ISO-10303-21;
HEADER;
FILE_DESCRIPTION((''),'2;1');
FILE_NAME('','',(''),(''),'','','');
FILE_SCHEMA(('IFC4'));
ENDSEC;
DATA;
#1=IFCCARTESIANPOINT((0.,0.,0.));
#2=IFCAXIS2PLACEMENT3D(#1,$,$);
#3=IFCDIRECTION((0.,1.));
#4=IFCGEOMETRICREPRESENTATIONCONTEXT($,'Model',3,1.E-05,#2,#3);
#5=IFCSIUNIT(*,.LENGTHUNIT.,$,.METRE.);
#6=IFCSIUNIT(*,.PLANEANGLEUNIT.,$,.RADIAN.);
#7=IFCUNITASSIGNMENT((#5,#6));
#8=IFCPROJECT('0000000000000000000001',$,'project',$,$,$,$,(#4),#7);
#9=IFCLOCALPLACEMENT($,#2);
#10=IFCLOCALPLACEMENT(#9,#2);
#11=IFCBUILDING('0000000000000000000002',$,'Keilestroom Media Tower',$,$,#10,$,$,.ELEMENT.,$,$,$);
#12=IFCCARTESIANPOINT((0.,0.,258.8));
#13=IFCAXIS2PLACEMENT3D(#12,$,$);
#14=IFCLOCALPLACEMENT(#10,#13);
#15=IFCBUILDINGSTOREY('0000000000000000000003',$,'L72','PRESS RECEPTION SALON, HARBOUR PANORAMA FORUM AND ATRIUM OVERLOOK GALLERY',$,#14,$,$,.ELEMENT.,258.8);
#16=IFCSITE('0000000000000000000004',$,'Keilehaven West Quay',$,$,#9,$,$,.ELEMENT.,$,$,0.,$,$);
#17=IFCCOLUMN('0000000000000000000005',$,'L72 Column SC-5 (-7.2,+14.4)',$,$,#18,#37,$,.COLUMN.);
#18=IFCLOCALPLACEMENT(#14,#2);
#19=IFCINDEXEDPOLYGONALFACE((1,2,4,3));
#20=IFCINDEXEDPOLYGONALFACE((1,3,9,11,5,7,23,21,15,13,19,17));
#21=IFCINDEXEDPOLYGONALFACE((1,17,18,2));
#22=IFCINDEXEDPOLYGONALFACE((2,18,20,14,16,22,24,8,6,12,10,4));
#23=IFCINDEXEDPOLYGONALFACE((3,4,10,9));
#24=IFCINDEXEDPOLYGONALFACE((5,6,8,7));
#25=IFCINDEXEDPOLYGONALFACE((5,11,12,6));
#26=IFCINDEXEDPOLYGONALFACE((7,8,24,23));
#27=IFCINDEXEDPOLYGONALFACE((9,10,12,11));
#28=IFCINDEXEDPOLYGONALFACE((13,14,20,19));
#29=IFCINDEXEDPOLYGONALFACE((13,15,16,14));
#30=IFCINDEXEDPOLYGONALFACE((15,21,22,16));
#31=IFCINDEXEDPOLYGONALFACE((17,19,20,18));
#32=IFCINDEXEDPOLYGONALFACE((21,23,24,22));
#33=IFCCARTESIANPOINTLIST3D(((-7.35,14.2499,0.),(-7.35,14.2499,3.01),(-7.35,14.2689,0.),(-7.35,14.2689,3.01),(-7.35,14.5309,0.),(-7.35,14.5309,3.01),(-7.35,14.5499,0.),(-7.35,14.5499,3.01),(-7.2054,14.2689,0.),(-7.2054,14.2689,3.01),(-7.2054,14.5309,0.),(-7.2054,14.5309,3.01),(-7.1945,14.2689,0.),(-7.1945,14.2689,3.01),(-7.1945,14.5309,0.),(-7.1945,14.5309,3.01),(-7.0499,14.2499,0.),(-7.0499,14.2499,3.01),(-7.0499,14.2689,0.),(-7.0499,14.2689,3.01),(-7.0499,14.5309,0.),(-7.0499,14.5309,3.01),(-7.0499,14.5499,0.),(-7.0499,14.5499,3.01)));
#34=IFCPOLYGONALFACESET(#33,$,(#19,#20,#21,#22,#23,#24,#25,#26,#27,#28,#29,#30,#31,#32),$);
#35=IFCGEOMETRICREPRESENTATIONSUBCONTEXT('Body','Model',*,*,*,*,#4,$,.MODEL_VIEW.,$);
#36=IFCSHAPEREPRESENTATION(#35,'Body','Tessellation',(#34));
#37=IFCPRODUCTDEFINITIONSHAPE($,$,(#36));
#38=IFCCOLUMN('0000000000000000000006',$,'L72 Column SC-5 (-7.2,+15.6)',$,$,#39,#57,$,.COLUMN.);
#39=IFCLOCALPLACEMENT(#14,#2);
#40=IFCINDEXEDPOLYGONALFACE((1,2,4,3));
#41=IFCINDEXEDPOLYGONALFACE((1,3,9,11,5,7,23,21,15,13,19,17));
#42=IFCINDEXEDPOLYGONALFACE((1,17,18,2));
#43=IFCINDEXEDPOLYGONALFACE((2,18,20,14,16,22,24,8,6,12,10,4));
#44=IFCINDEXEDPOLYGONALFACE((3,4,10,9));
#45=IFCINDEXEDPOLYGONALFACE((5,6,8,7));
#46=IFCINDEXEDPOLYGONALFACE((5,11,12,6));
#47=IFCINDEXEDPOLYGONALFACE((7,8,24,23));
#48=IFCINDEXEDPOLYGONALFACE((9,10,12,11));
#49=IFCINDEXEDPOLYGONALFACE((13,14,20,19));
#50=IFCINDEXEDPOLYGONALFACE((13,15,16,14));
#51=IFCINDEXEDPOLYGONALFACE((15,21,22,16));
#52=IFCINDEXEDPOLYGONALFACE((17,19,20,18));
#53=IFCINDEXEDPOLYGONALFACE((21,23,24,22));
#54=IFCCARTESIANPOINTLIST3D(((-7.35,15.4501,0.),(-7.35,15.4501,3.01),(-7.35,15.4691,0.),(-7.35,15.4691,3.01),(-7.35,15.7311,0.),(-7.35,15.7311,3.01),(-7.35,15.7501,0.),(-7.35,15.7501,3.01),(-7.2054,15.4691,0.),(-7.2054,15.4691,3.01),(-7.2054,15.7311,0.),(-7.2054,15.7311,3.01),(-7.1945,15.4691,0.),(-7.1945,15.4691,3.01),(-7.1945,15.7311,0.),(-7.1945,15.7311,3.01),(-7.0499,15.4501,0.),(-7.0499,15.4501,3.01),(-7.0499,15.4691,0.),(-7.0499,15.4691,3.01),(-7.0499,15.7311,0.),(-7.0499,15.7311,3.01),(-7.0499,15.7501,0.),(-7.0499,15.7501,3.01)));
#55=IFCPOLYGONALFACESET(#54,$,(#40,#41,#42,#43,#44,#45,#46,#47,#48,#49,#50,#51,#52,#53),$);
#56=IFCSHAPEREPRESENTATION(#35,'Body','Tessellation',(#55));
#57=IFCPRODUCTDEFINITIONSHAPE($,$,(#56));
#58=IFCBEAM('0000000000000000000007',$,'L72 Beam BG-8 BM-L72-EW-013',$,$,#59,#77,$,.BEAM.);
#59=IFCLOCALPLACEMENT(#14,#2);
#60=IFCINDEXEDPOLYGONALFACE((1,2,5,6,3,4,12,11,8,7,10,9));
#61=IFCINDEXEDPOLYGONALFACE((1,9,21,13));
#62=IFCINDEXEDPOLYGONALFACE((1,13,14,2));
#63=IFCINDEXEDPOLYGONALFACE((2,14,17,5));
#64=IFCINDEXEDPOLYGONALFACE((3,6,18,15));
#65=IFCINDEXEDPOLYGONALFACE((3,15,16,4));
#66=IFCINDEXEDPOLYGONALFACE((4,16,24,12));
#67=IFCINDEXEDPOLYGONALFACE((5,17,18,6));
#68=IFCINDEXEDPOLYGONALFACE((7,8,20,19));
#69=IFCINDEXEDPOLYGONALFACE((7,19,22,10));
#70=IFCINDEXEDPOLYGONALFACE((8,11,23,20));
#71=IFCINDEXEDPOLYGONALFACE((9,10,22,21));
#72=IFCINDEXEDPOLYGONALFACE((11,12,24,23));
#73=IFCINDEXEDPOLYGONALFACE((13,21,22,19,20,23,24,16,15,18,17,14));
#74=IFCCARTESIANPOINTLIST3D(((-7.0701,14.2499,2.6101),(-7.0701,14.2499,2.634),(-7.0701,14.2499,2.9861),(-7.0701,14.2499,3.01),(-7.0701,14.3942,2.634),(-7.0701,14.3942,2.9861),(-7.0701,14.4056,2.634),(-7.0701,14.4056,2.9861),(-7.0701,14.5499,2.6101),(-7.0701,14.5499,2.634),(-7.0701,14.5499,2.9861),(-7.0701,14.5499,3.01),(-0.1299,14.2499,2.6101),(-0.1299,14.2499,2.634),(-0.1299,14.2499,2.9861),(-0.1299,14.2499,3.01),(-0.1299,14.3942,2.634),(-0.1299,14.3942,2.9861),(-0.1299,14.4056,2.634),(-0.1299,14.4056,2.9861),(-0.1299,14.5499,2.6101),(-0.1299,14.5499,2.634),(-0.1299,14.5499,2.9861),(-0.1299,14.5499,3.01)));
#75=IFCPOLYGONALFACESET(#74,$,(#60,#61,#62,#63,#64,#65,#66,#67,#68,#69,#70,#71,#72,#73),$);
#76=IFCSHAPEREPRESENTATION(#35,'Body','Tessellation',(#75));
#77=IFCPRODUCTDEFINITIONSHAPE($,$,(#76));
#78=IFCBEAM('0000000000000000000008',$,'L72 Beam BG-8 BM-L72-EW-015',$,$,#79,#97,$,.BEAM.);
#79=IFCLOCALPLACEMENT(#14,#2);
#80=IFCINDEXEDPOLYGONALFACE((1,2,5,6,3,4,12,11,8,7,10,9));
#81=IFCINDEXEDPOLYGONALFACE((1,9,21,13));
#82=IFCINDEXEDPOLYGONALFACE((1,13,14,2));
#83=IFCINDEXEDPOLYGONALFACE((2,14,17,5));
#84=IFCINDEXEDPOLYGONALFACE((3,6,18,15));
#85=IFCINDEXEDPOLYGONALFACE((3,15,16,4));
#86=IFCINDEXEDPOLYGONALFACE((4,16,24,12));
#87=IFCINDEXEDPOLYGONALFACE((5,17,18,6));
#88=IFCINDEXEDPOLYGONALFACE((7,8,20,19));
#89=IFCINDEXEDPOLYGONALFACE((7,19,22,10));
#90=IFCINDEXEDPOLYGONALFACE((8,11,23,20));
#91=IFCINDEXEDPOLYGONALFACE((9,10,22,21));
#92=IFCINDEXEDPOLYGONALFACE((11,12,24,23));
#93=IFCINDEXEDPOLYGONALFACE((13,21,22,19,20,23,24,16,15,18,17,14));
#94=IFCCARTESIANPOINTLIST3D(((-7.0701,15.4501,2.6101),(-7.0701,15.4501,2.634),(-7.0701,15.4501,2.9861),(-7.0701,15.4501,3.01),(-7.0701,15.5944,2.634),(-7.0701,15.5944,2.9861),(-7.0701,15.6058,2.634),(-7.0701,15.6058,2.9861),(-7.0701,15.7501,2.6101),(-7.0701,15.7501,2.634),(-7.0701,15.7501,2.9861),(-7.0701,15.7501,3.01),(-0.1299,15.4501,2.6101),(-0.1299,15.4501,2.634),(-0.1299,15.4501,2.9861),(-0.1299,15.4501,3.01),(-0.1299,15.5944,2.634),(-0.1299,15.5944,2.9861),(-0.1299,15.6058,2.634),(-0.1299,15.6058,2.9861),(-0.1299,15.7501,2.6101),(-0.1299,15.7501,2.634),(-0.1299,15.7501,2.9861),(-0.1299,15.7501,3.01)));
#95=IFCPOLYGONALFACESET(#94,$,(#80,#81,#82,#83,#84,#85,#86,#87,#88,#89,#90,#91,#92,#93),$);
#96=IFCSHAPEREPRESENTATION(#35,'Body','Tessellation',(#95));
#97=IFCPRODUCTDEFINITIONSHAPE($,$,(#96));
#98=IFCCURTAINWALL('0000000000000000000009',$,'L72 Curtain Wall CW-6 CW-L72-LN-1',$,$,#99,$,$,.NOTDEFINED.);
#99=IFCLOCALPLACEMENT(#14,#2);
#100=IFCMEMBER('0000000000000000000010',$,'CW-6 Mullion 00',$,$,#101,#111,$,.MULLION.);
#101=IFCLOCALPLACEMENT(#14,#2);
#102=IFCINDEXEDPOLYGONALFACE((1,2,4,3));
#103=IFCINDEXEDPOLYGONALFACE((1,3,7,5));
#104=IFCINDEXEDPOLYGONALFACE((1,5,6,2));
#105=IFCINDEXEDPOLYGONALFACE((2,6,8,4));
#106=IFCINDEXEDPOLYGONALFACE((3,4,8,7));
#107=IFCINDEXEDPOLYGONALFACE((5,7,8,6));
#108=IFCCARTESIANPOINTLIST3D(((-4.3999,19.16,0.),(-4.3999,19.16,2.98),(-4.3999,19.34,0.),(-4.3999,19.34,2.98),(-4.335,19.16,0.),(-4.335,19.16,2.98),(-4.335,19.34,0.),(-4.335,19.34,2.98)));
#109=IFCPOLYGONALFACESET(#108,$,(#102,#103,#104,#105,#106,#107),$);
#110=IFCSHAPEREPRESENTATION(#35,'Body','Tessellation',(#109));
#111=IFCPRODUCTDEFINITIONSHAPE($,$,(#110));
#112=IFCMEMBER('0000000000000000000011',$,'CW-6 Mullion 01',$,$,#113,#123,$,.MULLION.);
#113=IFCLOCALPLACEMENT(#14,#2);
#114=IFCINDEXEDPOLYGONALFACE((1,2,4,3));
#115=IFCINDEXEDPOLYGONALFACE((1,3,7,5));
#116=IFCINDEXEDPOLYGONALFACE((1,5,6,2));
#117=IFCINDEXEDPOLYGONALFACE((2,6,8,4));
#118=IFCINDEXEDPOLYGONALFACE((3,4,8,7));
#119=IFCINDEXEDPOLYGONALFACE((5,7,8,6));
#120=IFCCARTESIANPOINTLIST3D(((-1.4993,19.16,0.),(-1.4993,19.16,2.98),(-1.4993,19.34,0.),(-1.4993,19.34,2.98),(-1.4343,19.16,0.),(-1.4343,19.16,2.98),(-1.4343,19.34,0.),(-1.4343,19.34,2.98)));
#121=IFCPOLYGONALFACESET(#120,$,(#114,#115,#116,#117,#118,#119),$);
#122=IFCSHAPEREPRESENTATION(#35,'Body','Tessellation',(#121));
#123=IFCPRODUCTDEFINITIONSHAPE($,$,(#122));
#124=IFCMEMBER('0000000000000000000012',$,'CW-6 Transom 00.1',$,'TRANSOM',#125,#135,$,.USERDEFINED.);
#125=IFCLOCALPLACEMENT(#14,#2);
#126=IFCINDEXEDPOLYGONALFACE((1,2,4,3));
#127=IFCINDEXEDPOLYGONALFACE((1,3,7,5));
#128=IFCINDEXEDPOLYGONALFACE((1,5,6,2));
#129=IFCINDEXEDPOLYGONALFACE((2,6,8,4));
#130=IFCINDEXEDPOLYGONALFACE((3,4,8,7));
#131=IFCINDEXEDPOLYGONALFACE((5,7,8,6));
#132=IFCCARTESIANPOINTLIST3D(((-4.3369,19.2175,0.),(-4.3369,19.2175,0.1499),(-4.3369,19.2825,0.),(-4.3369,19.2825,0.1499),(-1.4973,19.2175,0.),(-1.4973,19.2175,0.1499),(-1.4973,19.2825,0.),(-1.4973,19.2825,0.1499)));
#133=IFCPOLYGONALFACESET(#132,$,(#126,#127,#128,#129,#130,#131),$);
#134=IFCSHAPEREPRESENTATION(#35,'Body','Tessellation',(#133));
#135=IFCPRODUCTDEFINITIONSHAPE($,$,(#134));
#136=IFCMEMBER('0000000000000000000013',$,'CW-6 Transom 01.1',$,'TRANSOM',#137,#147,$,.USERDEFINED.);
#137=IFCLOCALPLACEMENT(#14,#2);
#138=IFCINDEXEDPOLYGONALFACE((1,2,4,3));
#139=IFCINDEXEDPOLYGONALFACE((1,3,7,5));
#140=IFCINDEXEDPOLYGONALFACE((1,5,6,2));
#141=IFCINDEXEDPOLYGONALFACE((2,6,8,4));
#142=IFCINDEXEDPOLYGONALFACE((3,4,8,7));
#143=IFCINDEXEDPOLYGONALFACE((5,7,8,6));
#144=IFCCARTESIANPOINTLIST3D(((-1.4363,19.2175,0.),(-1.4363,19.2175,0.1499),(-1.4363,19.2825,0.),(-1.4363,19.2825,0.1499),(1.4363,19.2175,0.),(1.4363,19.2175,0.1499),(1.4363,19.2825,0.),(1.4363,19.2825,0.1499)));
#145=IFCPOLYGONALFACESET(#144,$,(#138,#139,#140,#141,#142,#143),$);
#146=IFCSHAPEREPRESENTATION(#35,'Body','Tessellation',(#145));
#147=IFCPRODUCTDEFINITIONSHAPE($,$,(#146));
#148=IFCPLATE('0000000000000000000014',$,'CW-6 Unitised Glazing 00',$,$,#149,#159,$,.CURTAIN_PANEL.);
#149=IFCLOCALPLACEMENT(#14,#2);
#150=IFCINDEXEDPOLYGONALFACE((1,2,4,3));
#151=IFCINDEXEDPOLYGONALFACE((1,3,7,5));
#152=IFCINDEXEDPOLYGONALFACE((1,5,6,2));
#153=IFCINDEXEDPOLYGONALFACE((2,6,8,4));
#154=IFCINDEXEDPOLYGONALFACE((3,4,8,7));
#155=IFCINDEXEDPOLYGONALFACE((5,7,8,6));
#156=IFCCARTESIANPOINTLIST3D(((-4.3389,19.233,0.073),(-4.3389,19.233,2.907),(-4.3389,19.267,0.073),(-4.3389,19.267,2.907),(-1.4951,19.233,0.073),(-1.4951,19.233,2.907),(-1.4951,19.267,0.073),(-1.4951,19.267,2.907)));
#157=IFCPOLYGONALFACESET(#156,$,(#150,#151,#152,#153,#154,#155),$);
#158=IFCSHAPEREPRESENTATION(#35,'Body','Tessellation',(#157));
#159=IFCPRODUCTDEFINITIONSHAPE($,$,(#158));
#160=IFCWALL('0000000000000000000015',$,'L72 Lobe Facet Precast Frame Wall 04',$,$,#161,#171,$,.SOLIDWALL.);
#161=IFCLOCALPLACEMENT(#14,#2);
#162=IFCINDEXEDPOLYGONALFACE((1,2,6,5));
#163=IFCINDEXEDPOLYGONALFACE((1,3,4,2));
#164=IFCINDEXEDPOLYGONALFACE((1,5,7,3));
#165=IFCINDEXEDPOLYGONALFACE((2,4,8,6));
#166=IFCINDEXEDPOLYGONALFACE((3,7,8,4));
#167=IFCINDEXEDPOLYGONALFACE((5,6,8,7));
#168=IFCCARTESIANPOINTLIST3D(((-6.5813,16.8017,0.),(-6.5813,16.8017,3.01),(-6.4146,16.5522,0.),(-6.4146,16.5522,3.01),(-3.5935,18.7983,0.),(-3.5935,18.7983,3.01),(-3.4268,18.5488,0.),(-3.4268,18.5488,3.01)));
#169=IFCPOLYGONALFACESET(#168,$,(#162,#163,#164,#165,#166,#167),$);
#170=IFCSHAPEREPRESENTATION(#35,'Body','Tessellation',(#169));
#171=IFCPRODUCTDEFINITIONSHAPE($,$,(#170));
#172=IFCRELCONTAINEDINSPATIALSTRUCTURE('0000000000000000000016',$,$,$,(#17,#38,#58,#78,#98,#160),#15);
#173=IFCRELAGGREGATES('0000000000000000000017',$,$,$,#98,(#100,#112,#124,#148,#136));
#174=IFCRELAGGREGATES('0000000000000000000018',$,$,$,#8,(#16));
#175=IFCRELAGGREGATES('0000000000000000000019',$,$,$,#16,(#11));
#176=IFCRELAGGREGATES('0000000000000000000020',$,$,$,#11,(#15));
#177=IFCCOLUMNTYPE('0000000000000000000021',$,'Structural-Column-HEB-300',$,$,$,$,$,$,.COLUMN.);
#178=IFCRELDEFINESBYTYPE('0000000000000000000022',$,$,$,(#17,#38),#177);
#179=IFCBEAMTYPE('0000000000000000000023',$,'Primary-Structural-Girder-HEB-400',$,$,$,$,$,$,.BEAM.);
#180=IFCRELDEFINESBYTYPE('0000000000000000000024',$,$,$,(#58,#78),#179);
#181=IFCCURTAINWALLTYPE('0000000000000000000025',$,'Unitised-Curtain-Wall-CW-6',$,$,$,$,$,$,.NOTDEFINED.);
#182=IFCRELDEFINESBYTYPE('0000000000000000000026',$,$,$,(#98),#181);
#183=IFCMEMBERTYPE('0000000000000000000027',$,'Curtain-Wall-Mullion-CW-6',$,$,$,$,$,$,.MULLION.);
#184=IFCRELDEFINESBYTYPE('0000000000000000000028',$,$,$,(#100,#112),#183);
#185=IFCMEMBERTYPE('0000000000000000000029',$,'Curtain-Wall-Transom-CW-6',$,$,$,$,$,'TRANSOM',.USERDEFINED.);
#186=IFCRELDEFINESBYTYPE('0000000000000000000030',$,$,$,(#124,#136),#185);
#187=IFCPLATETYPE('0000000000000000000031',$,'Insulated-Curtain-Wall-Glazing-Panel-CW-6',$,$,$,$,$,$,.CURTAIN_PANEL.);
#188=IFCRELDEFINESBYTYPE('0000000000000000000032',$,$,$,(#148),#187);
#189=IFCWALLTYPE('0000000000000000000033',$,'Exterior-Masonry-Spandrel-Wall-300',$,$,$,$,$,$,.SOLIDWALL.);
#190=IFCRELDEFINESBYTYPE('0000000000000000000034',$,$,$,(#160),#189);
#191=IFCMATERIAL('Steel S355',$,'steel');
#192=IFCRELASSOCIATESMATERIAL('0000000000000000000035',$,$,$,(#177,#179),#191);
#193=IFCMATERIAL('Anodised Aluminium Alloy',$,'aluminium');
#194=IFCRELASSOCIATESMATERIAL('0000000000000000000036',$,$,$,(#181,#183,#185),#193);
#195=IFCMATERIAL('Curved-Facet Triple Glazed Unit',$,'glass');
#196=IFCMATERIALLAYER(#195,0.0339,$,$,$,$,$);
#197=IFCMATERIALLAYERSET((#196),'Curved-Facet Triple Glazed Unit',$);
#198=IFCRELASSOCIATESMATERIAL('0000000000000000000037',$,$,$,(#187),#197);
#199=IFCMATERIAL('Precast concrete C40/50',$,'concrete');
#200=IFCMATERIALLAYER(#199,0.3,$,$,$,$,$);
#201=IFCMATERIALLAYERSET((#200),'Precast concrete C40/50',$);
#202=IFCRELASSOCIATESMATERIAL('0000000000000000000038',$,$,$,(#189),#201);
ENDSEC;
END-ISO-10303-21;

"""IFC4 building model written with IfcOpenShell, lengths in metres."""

from ifc_helpers import new_model, si_unit, direction, frame, frame_2d, origin, origin_2d, place, context, subcontext, project, spatial, rectangle, i_section, extrude, source, transform, mapped, material, layer, layer_set, material_profile, profile_set, type_object, element, aggregate, save


model = new_model("IFC4")

# Units and contexts
model_context = context("Model", 3, precision=1e-05, world=origin(), true_north=direction((0.0, 1.0)))
body_context = subcontext(model_context, "Body", "Model", "MODEL_VIEW")
ifc_project = project(units=[si_unit("LENGTHUNIT", "METRE"), si_unit("PLANEANGLEUNIT", "RADIAN")], contexts=[model_context])

# Site, building, storey
site_placement = place(None, origin())
site = spatial("IfcSite", under=ifc_project, at=site_placement, Name="Keilehaven West Quay", CompositionType="ELEMENT", RefElevation=0.0)
building_placement = place(site_placement, origin())
building = spatial("IfcBuilding", under=site, at=building_placement, Name="Keilestroom Media Tower", CompositionType="ELEMENT")
storey_placement = place(building_placement, frame((0.0, 0.0, 258.8)))
storey = spatial("IfcBuildingStorey", under=building, at=storey_placement, Name="L72", Description="PRESS RECEPTION SALON, HARBOUR PANORAMA FORUM AND ATRIUM OVERLOOK GALLERY", CompositionType="ELEMENT", Elevation=258.8)

# Columns
ifc_material_1 = material(Name="Steel S355", Category="steel")
ifc_material_profile_1 = material_profile(ifc_material_1, i_section(OverallWidth=0.3, OverallDepth=0.3, WebThickness=0.011, FlangeThickness=0.019, at=origin_2d()), Name="HEB 300")
ifc_profile_set_1 = profile_set([ifc_material_profile_1], Name="Steel S355")
column_type = type_object("IfcColumnType", Name="Structural-Column-HEB-300", PredefinedType="COLUMN", material=ifc_profile_set_1)
shared_shape_1 = source(origin(), body_context, "Body", "SweptSolid", [
    extrude(i_section(OverallWidth=0.3, OverallDepth=0.3, WebThickness=0.011, FlangeThickness=0.019, at=origin_2d()), origin(), (0.0, 0.0, 1.0), 3.01),
])
for number, where, z_axis, x_axis, name in (
    (1, (-7.2, 14.3999, 0.0), (0.0, 0.0, 1.0), (1.0, 0.0, 0.0), "L72 Column SC-5 (-7.2,+14.4)"),
    (2, (-7.2, 15.6001, 0.0), (0.0, 0.0, 1.0), (1.0, 0.0, 0.0), "L72 Column SC-5 (-7.2,+15.6)"),
):
    element("IfcColumn", number, at=place(storey_placement, frame(where, z_axis=z_axis, x_axis=x_axis)), inside=storey, type_object=column_type, Name=name, PredefinedType="COLUMN", context=body_context, shape_type="MappedRepresentation", body=[
        mapped(shared_shape_1, transform((0.0, 0.0, 0.0), x_axis=(1.0, 0.0, 0.0), y_axis=(0.0, 1.0, 0.0), z_axis=(0.0, 0.0, 1.0), scale=1.0)),
    ])

# Beams
ifc_material_profile_2 = material_profile(ifc_material_1, i_section(OverallWidth=0.3, OverallDepth=0.3999, WebThickness=0.0115, FlangeThickness=0.0239, at=origin_2d()), Name="HEB 400")
ifc_profile_set_2 = profile_set([ifc_material_profile_2], Name="Steel S355")
beam_type = type_object("IfcBeamType", Name="Primary-Structural-Girder-HEB-400", PredefinedType="BEAM", material=ifc_profile_set_2)
shared_shape_2 = source(origin(), body_context, "Body", "SweptSolid", [
    extrude(i_section(OverallWidth=0.3, OverallDepth=0.3999, WebThickness=0.0115, FlangeThickness=0.0239, at=origin_2d()), origin(), (0.0, 0.0, 1.0), 6.9402),
])
for number, where, z_axis, x_axis, name in (
    (3, (-7.0701, 14.3999, 2.8101), (1.0, 0.0, 0.0), (0.0, 1.0, 0.0), "L72 Beam BG-8 BM-L72-EW-013"),
    (4, (-7.0701, 15.6001, 2.8101), (1.0, 0.0, 0.0), (0.0, 1.0, 0.0), "L72 Beam BG-8 BM-L72-EW-015"),
):
    element("IfcBeam", number, at=place(storey_placement, frame(where, z_axis=z_axis, x_axis=x_axis)), inside=storey, type_object=beam_type, Name=name, PredefinedType="BEAM", context=body_context, shape_type="MappedRepresentation", body=[
        mapped(shared_shape_2, transform((0.0, 0.0, 0.0), x_axis=(1.0, 0.0, 0.0), y_axis=(0.0, 1.0, 0.0), z_axis=(0.0, 0.0, 1.0), scale=1.0)),
    ])

# Curtain wall, members, plate
ifc_material_2 = material(Name="Anodised Aluminium Alloy", Category="aluminium")
curtain_wall_type = type_object("IfcCurtainWallType", Name="Unitised-Curtain-Wall-CW-6", PredefinedType="NOTDEFINED", material=ifc_material_2)
curtain_wall_placement = place(storey_placement, origin())
curtain_wall = element("IfcCurtainWall", 5, at=curtain_wall_placement, inside=storey, type_object=curtain_wall_type, Name="L72 Curtain Wall CW-6 CW-L72-LN-1", PredefinedType="NOTDEFINED")
ifc_material_profile_3 = material_profile(ifc_material_2, rectangle(XDim=0.0649, YDim=0.1799, at=origin_2d()), Name="ALU MULLION 65x180")
ifc_profile_set_3 = profile_set([ifc_material_profile_3], Name="Anodised Aluminium Alloy")
member_type_1 = type_object("IfcMemberType", Name="Curtain-Wall-Mullion-CW-6", PredefinedType="MULLION", material=ifc_profile_set_3)
shared_shape_3 = source(origin(), body_context, "Body", "SweptSolid", [
    extrude(rectangle(XDim=0.0649, YDim=0.1799, at=origin_2d()), origin(), (0.0, 0.0, 1.0), 2.98),
])
member_1_placement = place(storey_placement, frame((-4.3674, 19.25, 0.0), z_axis=(0.0, 0.0, 1.0), x_axis=(1.0, 0.0, 0.0)))
member_1 = element("IfcMember", 6, at=member_1_placement, type_object=member_type_1, Name="CW-6 Mullion 00", PredefinedType="MULLION", context=body_context, shape_type="MappedRepresentation", body=[
    mapped(shared_shape_3, transform((0.0, 0.0, 0.0), x_axis=(1.0, 0.0, 0.0), y_axis=(0.0, 1.0, 0.0), z_axis=(0.0, 0.0, 1.0), scale=1.0)),
])
member_2_placement = place(storey_placement, frame((-1.4668, 19.25, 0.0), z_axis=(0.0, 0.0, 1.0), x_axis=(1.0, 0.0, 0.0)))
member_2 = element("IfcMember", 7, at=member_2_placement, type_object=member_type_1, Name="CW-6 Mullion 01", PredefinedType="MULLION", context=body_context, shape_type="MappedRepresentation", body=[
    mapped(shared_shape_3, transform((0.0, 0.0, 0.0), x_axis=(1.0, 0.0, 0.0), y_axis=(0.0, 1.0, 0.0), z_axis=(0.0, 0.0, 1.0), scale=1.0)),
])
ifc_material_profile_4 = material_profile(ifc_material_2, rectangle(XDim=0.0649, YDim=0.1499, at=origin_2d()), Name="ALU TRANSOM 65x150")
ifc_profile_set_4 = profile_set([ifc_material_profile_4], Name="Anodised Aluminium Alloy")
member_type_2 = type_object("IfcMemberType", Name="Curtain-Wall-Transom-CW-6", ElementType="TRANSOM", PredefinedType="USERDEFINED", material=ifc_profile_set_4)
shared_shape_4 = source(origin(), body_context, "Body", "SweptSolid", [
    extrude(rectangle(XDim=0.0649, YDim=0.1499, at=origin_2d()), origin(), (0.0, 0.0, 1.0), 2.8396),
])
member_3_placement = place(storey_placement, frame((-4.3369, 19.25, 0.075), z_axis=(1.0, 0.0, 0.0), x_axis=(0.0, 1.0, 0.0)))
member_3 = element("IfcMember", 8, at=member_3_placement, type_object=member_type_2, Name="CW-6 Transom 00.1", ObjectType="TRANSOM", PredefinedType="USERDEFINED", context=body_context, shape_type="MappedRepresentation", body=[
    mapped(shared_shape_4, transform((0.0, 0.0, 0.0), x_axis=(1.0, 0.0, 0.0), y_axis=(0.0, 1.0, 0.0), z_axis=(0.0, 0.0, 1.0), scale=1.0)),
])
shared_shape_5 = source(origin(), body_context, "Body", "SweptSolid", [
    extrude(rectangle(XDim=0.0649, YDim=0.1499, at=origin_2d()), origin(), (0.0, 0.0, 1.0), 2.8726),
])
member_4_placement = place(storey_placement, frame((-1.4363, 19.25, 0.075), z_axis=(1.0, 0.0, 0.0), x_axis=(0.0, 1.0, 0.0)))
member_4 = element("IfcMember", 9, at=member_4_placement, type_object=member_type_2, Name="CW-6 Transom 01.1", ObjectType="TRANSOM", PredefinedType="USERDEFINED", context=body_context, shape_type="MappedRepresentation", body=[
    mapped(shared_shape_5, transform((0.0, 0.0, 0.0), x_axis=(1.0, 0.0, 0.0), y_axis=(0.0, 1.0, 0.0), z_axis=(0.0, 0.0, 1.0), scale=1.0)),
])
ifc_material_3 = material(Name="Curved-Facet Triple Glazed Unit", Category="glass")
ifc_layer_1 = layer(ifc_material_3, 0.0339)
ifc_layer_set_1 = layer_set([ifc_layer_1], Name="Curved-Facet Triple Glazed Unit")
plate_type = type_object("IfcPlateType", Name="Insulated-Curtain-Wall-Glazing-Panel-CW-6", PredefinedType="CURTAIN_PANEL", material=ifc_layer_set_1)
shared_shape_6 = source(origin(), body_context, "Body", "SweptSolid", [
    extrude(rectangle(XDim=2.8438, YDim=0.0339, at=origin_2d()), origin(), (0.0, 0.0, 1.0), 2.834),
])
plate_placement = place(storey_placement, frame((-2.917, 19.25, 0.073), z_axis=(0.0, 0.0, 1.0), x_axis=(1.0, 0.0, 0.0)))
plate = element("IfcPlate", 10, at=plate_placement, type_object=plate_type, Name="CW-6 Unitised Glazing 00", PredefinedType="CURTAIN_PANEL", context=body_context, shape_type="MappedRepresentation", body=[
    mapped(shared_shape_6, transform((0.0, 0.0, 0.0), x_axis=(1.0, 0.0, 0.0), y_axis=(0.0, 1.0, 0.0), z_axis=(0.0, 0.0, 1.0), scale=1.0)),
])
aggregate(curtain_wall, [member_1, member_2, member_3, plate, member_4])

# Wall
ifc_material_4 = material(Name="Precast concrete C40/50", Category="concrete")
ifc_layer_2 = layer(ifc_material_4, 0.3)
ifc_layer_set_2 = layer_set([ifc_layer_2], Name="Precast concrete C40/50")
wall_type_1 = type_object("IfcWallType", Name="Exterior-Masonry-Spandrel-Wall-300", PredefinedType="SOLIDWALL", material=ifc_layer_set_2)
wall_1_placement = place(storey_placement, frame((-3.51, 18.6736, 0.0), z_axis=(0.0, 0.0, 1.0), x_axis=(-0.831444, -0.555609, 0.0)))
element("IfcWall", 11, at=wall_1_placement, inside=storey, type_object=wall_type_1, Name="L72 Lobe Facet Precast Frame Wall 04", PredefinedType="SOLIDWALL", context=body_context, shape_type="SweptSolid", body=[
    extrude(rectangle(XDim=3.5935, YDim=0.3, at=frame_2d((1.7969, 0.0))), origin(), (0.0, 0.0, 1.0), 3.01),
])

save(model, "model.ifc")
